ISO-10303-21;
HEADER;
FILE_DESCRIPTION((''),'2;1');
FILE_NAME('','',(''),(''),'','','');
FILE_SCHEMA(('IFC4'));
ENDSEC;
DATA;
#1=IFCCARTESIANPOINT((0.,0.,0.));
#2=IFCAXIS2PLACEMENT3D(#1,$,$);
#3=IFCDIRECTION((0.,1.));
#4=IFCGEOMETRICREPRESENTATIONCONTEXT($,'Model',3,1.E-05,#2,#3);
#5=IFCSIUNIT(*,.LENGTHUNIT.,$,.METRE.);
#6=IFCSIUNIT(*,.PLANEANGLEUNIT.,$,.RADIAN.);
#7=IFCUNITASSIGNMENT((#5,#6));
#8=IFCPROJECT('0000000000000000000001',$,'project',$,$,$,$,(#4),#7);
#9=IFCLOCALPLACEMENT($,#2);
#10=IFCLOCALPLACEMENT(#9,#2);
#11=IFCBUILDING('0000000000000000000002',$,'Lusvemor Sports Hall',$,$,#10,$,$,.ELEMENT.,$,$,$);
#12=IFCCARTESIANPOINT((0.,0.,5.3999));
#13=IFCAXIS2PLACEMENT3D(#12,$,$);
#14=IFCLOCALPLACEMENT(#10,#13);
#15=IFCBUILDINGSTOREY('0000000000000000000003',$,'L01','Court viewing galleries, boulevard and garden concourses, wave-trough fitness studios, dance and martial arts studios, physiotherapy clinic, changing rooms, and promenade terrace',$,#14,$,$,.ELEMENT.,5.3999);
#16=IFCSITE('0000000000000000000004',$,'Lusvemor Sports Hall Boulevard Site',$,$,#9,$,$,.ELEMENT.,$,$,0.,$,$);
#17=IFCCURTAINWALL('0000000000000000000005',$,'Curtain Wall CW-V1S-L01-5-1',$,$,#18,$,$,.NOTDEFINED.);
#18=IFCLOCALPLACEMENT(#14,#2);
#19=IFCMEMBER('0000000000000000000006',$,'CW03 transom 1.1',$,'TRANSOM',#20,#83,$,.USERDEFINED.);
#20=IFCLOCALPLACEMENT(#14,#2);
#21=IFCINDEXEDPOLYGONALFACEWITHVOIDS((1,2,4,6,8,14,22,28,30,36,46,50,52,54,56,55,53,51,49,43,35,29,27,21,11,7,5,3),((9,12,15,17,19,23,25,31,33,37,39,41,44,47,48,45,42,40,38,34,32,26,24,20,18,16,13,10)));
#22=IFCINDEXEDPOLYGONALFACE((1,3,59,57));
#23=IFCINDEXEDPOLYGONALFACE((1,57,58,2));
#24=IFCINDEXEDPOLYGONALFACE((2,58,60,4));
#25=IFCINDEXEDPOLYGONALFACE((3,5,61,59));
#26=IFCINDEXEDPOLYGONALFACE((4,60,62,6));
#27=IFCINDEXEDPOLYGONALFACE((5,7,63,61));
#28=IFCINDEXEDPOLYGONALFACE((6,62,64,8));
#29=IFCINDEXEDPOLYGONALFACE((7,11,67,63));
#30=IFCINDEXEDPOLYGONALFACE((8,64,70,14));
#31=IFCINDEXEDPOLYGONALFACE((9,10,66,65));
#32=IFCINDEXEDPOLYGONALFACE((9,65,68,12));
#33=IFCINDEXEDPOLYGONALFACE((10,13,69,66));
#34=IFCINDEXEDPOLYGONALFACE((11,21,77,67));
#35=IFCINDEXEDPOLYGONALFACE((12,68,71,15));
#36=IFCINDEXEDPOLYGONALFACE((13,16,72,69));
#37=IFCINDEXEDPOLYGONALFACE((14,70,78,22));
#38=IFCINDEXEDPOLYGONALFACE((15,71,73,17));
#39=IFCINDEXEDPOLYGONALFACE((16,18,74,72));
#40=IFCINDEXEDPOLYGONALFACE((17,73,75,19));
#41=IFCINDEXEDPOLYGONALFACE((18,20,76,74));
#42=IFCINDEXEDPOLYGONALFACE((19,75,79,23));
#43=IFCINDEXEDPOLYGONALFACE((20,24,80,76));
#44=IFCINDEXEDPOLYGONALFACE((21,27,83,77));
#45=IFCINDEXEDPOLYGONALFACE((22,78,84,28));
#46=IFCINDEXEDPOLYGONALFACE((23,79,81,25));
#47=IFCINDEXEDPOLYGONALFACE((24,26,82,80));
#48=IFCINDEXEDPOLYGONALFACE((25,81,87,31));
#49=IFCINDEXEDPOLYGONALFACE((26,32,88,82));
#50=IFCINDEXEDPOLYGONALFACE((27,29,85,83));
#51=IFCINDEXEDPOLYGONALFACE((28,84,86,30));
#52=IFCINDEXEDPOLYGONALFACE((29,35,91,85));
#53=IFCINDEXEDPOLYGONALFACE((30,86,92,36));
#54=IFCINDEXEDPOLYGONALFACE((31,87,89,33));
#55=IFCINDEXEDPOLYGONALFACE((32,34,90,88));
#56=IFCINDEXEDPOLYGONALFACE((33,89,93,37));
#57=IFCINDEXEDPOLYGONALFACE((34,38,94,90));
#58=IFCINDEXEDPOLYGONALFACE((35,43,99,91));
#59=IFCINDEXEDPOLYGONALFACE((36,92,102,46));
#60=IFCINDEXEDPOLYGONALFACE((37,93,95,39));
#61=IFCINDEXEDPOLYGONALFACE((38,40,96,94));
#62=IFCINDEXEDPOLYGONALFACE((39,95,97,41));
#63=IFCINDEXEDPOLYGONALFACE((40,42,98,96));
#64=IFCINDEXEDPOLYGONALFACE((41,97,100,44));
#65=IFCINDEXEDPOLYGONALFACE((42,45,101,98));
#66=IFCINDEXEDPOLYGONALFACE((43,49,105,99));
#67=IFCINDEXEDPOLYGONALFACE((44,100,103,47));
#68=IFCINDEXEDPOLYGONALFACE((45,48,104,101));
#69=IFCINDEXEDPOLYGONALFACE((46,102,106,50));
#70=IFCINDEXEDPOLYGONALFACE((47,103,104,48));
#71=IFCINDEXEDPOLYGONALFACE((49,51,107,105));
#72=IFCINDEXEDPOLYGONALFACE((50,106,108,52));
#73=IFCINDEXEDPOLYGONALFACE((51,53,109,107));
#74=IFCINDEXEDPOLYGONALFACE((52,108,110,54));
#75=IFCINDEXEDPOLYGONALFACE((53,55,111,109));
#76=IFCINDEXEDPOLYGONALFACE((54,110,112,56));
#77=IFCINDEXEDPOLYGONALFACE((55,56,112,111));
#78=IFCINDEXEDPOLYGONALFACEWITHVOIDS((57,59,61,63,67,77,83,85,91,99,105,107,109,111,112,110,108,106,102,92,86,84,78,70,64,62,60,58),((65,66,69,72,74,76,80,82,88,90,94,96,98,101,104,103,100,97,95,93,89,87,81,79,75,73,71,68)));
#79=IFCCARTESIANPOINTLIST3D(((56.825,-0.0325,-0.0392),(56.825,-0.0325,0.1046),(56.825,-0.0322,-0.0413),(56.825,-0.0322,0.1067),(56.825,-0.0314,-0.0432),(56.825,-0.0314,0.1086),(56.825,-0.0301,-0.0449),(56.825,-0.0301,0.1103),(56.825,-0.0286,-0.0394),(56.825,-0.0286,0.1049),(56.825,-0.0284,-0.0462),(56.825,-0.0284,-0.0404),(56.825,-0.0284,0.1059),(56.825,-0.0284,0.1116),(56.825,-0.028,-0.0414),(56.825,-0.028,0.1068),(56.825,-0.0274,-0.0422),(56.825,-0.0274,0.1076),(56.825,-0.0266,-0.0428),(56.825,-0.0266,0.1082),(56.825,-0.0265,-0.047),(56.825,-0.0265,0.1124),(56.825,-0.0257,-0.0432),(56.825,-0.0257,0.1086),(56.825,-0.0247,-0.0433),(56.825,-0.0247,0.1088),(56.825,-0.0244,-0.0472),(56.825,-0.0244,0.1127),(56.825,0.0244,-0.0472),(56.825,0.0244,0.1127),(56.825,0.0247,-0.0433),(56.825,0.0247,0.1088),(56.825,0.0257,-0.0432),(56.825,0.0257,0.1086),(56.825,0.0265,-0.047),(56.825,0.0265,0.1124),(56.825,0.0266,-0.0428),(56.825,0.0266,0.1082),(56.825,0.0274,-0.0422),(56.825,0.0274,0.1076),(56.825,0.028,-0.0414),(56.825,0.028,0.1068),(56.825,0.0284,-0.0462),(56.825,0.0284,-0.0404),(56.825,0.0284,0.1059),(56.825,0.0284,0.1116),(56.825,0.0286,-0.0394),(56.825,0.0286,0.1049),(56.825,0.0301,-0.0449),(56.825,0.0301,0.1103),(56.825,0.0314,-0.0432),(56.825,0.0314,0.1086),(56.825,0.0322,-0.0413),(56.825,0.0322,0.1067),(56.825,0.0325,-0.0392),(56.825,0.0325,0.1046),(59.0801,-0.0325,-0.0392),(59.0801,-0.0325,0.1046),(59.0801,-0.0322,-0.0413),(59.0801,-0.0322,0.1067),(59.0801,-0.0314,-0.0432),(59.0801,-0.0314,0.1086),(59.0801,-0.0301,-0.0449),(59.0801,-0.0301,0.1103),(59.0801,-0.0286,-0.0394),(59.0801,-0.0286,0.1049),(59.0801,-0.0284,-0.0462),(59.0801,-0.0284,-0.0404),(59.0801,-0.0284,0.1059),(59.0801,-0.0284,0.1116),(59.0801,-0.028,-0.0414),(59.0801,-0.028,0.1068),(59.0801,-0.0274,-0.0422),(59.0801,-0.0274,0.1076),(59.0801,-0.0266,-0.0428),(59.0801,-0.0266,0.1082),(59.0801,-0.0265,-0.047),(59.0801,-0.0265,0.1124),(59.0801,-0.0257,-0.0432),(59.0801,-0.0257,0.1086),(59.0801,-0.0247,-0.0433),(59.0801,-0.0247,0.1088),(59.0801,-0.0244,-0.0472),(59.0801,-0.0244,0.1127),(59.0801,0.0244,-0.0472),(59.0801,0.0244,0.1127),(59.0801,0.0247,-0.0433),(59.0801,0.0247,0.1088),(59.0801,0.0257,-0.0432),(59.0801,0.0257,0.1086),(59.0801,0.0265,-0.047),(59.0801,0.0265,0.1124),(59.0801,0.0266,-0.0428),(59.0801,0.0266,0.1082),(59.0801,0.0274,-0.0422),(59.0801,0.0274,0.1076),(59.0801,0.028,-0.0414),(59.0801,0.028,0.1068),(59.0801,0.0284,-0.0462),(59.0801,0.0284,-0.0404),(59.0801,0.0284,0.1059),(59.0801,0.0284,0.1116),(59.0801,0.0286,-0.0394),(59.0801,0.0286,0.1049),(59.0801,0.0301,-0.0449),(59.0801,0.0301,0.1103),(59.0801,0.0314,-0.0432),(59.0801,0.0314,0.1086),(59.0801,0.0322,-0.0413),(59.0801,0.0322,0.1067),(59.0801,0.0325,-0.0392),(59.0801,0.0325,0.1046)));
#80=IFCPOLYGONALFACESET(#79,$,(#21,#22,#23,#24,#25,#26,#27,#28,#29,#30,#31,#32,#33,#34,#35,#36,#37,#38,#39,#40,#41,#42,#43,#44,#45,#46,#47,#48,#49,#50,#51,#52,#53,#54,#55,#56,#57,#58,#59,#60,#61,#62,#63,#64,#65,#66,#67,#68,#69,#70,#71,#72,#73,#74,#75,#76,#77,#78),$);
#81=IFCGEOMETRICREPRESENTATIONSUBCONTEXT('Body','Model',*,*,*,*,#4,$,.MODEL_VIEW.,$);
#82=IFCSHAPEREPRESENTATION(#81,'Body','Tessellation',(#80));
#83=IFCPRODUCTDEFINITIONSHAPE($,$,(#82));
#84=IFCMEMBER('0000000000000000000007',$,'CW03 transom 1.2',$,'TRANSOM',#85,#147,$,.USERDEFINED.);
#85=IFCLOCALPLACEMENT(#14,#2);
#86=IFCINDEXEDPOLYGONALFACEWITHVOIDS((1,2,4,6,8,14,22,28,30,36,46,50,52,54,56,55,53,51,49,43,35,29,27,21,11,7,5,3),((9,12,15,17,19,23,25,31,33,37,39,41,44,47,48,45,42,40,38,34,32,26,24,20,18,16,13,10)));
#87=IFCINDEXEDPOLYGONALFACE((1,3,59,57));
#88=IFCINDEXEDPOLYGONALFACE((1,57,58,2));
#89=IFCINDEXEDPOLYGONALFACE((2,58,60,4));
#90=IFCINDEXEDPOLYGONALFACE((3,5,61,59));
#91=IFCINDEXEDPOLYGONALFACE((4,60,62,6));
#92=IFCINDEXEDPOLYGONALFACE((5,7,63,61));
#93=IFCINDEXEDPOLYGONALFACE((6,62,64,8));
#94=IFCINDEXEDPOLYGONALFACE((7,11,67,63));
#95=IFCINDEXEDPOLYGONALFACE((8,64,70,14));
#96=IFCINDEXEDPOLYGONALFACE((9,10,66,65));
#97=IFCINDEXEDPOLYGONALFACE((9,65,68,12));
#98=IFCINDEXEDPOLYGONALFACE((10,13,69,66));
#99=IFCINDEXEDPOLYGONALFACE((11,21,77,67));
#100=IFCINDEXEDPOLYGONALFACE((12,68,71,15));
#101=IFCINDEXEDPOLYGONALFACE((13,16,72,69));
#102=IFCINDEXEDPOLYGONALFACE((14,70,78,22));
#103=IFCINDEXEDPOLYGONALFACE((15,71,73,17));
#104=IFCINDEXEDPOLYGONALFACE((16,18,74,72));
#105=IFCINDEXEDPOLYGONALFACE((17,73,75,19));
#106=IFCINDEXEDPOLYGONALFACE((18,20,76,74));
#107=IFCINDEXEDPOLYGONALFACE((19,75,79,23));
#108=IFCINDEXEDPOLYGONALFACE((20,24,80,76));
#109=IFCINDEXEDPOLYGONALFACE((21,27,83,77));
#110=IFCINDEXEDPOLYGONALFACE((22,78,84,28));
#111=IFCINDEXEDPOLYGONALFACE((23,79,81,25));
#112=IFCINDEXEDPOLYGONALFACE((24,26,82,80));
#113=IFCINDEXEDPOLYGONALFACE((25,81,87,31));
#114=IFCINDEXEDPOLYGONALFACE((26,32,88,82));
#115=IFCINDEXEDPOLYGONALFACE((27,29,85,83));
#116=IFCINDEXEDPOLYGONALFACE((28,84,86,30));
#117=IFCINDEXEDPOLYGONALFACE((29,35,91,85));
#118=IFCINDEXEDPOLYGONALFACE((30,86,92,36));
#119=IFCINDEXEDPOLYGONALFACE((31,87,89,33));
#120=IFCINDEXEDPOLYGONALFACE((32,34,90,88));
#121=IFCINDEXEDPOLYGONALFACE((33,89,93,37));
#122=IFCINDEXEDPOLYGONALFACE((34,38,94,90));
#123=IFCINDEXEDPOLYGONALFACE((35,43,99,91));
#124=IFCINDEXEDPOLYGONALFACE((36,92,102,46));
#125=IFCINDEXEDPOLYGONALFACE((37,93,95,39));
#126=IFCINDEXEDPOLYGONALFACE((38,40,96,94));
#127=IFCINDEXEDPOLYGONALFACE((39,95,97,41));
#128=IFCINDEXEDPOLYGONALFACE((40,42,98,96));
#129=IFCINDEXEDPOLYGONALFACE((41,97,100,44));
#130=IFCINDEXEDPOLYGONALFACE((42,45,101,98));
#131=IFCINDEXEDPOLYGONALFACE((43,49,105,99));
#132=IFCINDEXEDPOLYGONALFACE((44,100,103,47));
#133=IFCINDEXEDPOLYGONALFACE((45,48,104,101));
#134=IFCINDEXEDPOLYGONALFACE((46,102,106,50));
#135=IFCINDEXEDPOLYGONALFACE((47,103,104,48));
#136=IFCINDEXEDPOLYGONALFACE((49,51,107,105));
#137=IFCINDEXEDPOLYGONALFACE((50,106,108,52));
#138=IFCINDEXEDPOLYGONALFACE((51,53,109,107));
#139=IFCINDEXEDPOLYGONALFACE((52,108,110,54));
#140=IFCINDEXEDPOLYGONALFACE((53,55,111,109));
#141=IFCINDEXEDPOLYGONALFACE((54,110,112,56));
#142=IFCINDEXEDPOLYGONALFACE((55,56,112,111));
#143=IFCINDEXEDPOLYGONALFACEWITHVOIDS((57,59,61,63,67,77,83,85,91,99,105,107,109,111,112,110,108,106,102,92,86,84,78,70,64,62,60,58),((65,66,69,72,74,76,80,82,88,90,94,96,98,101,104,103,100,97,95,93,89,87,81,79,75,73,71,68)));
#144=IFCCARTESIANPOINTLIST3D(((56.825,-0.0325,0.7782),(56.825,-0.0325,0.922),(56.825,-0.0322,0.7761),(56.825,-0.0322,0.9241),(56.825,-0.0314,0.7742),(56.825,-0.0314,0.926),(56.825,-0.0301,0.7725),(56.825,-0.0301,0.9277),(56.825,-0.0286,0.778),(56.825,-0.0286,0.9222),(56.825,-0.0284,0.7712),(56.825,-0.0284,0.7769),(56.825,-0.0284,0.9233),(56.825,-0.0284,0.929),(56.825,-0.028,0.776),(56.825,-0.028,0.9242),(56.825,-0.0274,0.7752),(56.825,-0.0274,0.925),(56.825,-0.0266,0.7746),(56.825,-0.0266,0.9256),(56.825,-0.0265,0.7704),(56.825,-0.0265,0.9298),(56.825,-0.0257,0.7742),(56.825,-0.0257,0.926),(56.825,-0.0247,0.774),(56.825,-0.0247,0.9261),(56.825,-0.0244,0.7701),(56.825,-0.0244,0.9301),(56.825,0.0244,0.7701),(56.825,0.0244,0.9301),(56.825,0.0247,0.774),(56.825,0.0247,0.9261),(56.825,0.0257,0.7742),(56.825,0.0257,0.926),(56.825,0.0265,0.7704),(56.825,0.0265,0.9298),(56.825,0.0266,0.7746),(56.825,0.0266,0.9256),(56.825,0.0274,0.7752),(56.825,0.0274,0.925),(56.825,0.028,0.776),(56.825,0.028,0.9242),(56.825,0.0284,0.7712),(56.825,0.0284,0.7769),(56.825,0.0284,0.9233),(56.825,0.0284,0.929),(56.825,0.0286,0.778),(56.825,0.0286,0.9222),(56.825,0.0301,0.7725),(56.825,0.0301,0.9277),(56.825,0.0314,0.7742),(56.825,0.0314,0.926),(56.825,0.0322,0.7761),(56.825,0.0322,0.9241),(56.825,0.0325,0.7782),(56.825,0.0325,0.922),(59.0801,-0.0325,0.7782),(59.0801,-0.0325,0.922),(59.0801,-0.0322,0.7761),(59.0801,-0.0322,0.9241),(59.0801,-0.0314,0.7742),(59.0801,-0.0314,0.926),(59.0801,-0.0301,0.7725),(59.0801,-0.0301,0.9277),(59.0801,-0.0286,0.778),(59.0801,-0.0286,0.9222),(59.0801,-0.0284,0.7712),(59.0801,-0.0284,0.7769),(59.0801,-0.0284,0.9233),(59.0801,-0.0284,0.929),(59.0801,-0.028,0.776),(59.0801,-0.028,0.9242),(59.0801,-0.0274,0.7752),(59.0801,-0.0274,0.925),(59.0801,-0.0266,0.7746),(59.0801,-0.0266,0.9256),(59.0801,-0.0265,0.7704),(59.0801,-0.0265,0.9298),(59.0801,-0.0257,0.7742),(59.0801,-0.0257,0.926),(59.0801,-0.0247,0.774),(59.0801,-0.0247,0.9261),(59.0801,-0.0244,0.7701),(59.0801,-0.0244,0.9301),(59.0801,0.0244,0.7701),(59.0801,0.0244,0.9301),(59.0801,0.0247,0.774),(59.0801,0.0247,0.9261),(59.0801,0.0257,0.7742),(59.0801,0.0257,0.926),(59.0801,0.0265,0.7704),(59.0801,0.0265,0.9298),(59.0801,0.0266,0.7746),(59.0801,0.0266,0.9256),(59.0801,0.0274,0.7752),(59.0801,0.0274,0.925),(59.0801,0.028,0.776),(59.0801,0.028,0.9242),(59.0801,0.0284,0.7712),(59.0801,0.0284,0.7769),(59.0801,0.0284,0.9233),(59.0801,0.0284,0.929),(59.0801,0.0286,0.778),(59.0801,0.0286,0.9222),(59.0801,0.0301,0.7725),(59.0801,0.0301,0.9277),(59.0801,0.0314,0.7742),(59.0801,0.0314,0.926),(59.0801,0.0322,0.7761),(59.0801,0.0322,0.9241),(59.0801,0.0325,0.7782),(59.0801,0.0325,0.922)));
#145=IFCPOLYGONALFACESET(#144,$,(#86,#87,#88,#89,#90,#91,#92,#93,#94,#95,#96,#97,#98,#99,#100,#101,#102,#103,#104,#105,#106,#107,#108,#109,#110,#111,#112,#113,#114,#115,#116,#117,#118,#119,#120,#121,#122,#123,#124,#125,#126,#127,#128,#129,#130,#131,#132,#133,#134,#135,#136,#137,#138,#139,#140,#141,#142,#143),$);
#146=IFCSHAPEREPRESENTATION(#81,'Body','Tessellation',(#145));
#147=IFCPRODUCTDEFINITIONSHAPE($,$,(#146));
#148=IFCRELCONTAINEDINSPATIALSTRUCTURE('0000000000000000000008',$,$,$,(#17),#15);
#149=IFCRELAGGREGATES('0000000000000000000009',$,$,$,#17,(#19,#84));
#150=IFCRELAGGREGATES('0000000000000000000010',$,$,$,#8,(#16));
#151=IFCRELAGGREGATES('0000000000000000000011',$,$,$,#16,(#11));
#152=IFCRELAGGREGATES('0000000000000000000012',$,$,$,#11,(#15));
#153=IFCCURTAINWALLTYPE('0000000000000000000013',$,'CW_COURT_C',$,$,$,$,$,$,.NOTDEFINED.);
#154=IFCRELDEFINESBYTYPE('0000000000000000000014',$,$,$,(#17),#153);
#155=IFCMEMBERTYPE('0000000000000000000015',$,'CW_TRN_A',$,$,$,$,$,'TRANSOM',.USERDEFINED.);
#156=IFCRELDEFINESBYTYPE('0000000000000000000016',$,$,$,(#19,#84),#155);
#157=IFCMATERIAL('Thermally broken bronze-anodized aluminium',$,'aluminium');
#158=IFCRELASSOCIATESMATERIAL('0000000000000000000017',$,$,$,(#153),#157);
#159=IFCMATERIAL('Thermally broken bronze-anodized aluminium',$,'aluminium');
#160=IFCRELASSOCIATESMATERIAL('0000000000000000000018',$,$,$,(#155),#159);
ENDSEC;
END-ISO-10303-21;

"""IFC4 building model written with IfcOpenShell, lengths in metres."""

from ifc_helpers import new_model, si_unit, direction, frame, origin, origin_2d, place, context, subcontext, project, spatial, hollow_rectangle, extrude, material, material_profile, profile_set, type_object, element, aggregate, save


model = new_model("IFC4")

# Units and contexts
model_context = context("Model", 3, precision=1e-05, world=origin(), true_north=direction((0.0, 1.0)))
body_context = subcontext(model_context, "Body", "Model", "MODEL_VIEW")
ifc_project = project(units=[si_unit("LENGTHUNIT", "METRE"), si_unit("PLANEANGLEUNIT", "RADIAN")], contexts=[model_context])

# Site, building, storey
site_placement = place(None, origin())
site = spatial("IfcSite", under=ifc_project, at=site_placement, Name="Lusvemor Sports Hall Boulevard Site", CompositionType="ELEMENT", RefElevation=0.0)
building_placement = place(site_placement, origin())
building = spatial("IfcBuilding", under=site, at=building_placement, Name="Lusvemor Sports Hall", CompositionType="ELEMENT")
storey_placement = place(building_placement, frame((0.0, 0.0, 5.3999)))
storey = spatial("IfcBuildingStorey", under=building, at=storey_placement, Name="L01", Description="Court viewing galleries, boulevard and garden concourses, wave-trough fitness studios, dance and martial arts studios, physiotherapy clinic, changing rooms, and promenade terrace", CompositionType="ELEMENT", Elevation=5.3999)

# Curtain wall, members
ifc_material_1 = material(Name="Thermally broken bronze-anodized aluminium", Category="aluminium")
curtain_wall_type = type_object("IfcCurtainWallType", Name="CW_COURT_C", PredefinedType="NOTDEFINED", material=ifc_material_1)
curtain_wall_placement = place(storey_placement, origin())
curtain_wall = element("IfcCurtainWall", 1, at=curtain_wall_placement, inside=storey, type_object=curtain_wall_type, Name="Curtain Wall CW-V1S-L01-5-1", PredefinedType="NOTDEFINED")
ifc_material_2 = material(Name="Thermally broken bronze-anodized aluminium", Category="aluminium")
ifc_material_profile_1 = material_profile(ifc_material_2, hollow_rectangle(XDim=0.0649, YDim=0.1599, WallThickness=0.0039, InnerFilletRadius=0.0039, OuterFilletRadius=0.0081, at=origin_2d()), Name="CWTRN160x65x4")
ifc_profile_set_1 = profile_set([ifc_material_profile_1], Name="Thermally broken bronze-anodized aluminium")
member_type_1 = type_object("IfcMemberType", Name="CW_TRN_A", ElementType="TRANSOM", PredefinedType="USERDEFINED", material=ifc_profile_set_1)
member_1_placement = place(storey_placement, frame((59.0801, 0.0, 0.0327), z_axis=(-1.0, 0.0, 0.0), x_axis=(0.0, -1.0, 0.0)))
member_1 = element("IfcMember", 2, at=member_1_placement, type_object=member_type_1, Name="CW03 transom 1.1", ObjectType="TRANSOM", PredefinedType="USERDEFINED", context=body_context, shape_type="SweptSolid", body=[
    extrude(hollow_rectangle(XDim=0.0649, YDim=0.1599, WallThickness=0.0039, InnerFilletRadius=0.0039, OuterFilletRadius=0.0081, at=origin_2d()), origin(), (0.0, 0.0, 1.0), 2.2551),
])
member_2_placement = place(storey_placement, frame((59.0801, 0.0, 0.8501), z_axis=(-1.0, 0.0, 0.0), x_axis=(0.0, -1.0, 0.0)))
member_2 = element("IfcMember", 3, at=member_2_placement, type_object=member_type_1, Name="CW03 transom 1.2", ObjectType="TRANSOM", PredefinedType="USERDEFINED", context=body_context, shape_type="SweptSolid", body=[
    extrude(hollow_rectangle(XDim=0.0649, YDim=0.1599, WallThickness=0.0039, InnerFilletRadius=0.0039, OuterFilletRadius=0.0081, at=origin_2d()), origin(), (0.0, 0.0, 1.0), 2.2551),
])

aggregate(curtain_wall, [member_1, member_2])

save(model, "model.ifc")
